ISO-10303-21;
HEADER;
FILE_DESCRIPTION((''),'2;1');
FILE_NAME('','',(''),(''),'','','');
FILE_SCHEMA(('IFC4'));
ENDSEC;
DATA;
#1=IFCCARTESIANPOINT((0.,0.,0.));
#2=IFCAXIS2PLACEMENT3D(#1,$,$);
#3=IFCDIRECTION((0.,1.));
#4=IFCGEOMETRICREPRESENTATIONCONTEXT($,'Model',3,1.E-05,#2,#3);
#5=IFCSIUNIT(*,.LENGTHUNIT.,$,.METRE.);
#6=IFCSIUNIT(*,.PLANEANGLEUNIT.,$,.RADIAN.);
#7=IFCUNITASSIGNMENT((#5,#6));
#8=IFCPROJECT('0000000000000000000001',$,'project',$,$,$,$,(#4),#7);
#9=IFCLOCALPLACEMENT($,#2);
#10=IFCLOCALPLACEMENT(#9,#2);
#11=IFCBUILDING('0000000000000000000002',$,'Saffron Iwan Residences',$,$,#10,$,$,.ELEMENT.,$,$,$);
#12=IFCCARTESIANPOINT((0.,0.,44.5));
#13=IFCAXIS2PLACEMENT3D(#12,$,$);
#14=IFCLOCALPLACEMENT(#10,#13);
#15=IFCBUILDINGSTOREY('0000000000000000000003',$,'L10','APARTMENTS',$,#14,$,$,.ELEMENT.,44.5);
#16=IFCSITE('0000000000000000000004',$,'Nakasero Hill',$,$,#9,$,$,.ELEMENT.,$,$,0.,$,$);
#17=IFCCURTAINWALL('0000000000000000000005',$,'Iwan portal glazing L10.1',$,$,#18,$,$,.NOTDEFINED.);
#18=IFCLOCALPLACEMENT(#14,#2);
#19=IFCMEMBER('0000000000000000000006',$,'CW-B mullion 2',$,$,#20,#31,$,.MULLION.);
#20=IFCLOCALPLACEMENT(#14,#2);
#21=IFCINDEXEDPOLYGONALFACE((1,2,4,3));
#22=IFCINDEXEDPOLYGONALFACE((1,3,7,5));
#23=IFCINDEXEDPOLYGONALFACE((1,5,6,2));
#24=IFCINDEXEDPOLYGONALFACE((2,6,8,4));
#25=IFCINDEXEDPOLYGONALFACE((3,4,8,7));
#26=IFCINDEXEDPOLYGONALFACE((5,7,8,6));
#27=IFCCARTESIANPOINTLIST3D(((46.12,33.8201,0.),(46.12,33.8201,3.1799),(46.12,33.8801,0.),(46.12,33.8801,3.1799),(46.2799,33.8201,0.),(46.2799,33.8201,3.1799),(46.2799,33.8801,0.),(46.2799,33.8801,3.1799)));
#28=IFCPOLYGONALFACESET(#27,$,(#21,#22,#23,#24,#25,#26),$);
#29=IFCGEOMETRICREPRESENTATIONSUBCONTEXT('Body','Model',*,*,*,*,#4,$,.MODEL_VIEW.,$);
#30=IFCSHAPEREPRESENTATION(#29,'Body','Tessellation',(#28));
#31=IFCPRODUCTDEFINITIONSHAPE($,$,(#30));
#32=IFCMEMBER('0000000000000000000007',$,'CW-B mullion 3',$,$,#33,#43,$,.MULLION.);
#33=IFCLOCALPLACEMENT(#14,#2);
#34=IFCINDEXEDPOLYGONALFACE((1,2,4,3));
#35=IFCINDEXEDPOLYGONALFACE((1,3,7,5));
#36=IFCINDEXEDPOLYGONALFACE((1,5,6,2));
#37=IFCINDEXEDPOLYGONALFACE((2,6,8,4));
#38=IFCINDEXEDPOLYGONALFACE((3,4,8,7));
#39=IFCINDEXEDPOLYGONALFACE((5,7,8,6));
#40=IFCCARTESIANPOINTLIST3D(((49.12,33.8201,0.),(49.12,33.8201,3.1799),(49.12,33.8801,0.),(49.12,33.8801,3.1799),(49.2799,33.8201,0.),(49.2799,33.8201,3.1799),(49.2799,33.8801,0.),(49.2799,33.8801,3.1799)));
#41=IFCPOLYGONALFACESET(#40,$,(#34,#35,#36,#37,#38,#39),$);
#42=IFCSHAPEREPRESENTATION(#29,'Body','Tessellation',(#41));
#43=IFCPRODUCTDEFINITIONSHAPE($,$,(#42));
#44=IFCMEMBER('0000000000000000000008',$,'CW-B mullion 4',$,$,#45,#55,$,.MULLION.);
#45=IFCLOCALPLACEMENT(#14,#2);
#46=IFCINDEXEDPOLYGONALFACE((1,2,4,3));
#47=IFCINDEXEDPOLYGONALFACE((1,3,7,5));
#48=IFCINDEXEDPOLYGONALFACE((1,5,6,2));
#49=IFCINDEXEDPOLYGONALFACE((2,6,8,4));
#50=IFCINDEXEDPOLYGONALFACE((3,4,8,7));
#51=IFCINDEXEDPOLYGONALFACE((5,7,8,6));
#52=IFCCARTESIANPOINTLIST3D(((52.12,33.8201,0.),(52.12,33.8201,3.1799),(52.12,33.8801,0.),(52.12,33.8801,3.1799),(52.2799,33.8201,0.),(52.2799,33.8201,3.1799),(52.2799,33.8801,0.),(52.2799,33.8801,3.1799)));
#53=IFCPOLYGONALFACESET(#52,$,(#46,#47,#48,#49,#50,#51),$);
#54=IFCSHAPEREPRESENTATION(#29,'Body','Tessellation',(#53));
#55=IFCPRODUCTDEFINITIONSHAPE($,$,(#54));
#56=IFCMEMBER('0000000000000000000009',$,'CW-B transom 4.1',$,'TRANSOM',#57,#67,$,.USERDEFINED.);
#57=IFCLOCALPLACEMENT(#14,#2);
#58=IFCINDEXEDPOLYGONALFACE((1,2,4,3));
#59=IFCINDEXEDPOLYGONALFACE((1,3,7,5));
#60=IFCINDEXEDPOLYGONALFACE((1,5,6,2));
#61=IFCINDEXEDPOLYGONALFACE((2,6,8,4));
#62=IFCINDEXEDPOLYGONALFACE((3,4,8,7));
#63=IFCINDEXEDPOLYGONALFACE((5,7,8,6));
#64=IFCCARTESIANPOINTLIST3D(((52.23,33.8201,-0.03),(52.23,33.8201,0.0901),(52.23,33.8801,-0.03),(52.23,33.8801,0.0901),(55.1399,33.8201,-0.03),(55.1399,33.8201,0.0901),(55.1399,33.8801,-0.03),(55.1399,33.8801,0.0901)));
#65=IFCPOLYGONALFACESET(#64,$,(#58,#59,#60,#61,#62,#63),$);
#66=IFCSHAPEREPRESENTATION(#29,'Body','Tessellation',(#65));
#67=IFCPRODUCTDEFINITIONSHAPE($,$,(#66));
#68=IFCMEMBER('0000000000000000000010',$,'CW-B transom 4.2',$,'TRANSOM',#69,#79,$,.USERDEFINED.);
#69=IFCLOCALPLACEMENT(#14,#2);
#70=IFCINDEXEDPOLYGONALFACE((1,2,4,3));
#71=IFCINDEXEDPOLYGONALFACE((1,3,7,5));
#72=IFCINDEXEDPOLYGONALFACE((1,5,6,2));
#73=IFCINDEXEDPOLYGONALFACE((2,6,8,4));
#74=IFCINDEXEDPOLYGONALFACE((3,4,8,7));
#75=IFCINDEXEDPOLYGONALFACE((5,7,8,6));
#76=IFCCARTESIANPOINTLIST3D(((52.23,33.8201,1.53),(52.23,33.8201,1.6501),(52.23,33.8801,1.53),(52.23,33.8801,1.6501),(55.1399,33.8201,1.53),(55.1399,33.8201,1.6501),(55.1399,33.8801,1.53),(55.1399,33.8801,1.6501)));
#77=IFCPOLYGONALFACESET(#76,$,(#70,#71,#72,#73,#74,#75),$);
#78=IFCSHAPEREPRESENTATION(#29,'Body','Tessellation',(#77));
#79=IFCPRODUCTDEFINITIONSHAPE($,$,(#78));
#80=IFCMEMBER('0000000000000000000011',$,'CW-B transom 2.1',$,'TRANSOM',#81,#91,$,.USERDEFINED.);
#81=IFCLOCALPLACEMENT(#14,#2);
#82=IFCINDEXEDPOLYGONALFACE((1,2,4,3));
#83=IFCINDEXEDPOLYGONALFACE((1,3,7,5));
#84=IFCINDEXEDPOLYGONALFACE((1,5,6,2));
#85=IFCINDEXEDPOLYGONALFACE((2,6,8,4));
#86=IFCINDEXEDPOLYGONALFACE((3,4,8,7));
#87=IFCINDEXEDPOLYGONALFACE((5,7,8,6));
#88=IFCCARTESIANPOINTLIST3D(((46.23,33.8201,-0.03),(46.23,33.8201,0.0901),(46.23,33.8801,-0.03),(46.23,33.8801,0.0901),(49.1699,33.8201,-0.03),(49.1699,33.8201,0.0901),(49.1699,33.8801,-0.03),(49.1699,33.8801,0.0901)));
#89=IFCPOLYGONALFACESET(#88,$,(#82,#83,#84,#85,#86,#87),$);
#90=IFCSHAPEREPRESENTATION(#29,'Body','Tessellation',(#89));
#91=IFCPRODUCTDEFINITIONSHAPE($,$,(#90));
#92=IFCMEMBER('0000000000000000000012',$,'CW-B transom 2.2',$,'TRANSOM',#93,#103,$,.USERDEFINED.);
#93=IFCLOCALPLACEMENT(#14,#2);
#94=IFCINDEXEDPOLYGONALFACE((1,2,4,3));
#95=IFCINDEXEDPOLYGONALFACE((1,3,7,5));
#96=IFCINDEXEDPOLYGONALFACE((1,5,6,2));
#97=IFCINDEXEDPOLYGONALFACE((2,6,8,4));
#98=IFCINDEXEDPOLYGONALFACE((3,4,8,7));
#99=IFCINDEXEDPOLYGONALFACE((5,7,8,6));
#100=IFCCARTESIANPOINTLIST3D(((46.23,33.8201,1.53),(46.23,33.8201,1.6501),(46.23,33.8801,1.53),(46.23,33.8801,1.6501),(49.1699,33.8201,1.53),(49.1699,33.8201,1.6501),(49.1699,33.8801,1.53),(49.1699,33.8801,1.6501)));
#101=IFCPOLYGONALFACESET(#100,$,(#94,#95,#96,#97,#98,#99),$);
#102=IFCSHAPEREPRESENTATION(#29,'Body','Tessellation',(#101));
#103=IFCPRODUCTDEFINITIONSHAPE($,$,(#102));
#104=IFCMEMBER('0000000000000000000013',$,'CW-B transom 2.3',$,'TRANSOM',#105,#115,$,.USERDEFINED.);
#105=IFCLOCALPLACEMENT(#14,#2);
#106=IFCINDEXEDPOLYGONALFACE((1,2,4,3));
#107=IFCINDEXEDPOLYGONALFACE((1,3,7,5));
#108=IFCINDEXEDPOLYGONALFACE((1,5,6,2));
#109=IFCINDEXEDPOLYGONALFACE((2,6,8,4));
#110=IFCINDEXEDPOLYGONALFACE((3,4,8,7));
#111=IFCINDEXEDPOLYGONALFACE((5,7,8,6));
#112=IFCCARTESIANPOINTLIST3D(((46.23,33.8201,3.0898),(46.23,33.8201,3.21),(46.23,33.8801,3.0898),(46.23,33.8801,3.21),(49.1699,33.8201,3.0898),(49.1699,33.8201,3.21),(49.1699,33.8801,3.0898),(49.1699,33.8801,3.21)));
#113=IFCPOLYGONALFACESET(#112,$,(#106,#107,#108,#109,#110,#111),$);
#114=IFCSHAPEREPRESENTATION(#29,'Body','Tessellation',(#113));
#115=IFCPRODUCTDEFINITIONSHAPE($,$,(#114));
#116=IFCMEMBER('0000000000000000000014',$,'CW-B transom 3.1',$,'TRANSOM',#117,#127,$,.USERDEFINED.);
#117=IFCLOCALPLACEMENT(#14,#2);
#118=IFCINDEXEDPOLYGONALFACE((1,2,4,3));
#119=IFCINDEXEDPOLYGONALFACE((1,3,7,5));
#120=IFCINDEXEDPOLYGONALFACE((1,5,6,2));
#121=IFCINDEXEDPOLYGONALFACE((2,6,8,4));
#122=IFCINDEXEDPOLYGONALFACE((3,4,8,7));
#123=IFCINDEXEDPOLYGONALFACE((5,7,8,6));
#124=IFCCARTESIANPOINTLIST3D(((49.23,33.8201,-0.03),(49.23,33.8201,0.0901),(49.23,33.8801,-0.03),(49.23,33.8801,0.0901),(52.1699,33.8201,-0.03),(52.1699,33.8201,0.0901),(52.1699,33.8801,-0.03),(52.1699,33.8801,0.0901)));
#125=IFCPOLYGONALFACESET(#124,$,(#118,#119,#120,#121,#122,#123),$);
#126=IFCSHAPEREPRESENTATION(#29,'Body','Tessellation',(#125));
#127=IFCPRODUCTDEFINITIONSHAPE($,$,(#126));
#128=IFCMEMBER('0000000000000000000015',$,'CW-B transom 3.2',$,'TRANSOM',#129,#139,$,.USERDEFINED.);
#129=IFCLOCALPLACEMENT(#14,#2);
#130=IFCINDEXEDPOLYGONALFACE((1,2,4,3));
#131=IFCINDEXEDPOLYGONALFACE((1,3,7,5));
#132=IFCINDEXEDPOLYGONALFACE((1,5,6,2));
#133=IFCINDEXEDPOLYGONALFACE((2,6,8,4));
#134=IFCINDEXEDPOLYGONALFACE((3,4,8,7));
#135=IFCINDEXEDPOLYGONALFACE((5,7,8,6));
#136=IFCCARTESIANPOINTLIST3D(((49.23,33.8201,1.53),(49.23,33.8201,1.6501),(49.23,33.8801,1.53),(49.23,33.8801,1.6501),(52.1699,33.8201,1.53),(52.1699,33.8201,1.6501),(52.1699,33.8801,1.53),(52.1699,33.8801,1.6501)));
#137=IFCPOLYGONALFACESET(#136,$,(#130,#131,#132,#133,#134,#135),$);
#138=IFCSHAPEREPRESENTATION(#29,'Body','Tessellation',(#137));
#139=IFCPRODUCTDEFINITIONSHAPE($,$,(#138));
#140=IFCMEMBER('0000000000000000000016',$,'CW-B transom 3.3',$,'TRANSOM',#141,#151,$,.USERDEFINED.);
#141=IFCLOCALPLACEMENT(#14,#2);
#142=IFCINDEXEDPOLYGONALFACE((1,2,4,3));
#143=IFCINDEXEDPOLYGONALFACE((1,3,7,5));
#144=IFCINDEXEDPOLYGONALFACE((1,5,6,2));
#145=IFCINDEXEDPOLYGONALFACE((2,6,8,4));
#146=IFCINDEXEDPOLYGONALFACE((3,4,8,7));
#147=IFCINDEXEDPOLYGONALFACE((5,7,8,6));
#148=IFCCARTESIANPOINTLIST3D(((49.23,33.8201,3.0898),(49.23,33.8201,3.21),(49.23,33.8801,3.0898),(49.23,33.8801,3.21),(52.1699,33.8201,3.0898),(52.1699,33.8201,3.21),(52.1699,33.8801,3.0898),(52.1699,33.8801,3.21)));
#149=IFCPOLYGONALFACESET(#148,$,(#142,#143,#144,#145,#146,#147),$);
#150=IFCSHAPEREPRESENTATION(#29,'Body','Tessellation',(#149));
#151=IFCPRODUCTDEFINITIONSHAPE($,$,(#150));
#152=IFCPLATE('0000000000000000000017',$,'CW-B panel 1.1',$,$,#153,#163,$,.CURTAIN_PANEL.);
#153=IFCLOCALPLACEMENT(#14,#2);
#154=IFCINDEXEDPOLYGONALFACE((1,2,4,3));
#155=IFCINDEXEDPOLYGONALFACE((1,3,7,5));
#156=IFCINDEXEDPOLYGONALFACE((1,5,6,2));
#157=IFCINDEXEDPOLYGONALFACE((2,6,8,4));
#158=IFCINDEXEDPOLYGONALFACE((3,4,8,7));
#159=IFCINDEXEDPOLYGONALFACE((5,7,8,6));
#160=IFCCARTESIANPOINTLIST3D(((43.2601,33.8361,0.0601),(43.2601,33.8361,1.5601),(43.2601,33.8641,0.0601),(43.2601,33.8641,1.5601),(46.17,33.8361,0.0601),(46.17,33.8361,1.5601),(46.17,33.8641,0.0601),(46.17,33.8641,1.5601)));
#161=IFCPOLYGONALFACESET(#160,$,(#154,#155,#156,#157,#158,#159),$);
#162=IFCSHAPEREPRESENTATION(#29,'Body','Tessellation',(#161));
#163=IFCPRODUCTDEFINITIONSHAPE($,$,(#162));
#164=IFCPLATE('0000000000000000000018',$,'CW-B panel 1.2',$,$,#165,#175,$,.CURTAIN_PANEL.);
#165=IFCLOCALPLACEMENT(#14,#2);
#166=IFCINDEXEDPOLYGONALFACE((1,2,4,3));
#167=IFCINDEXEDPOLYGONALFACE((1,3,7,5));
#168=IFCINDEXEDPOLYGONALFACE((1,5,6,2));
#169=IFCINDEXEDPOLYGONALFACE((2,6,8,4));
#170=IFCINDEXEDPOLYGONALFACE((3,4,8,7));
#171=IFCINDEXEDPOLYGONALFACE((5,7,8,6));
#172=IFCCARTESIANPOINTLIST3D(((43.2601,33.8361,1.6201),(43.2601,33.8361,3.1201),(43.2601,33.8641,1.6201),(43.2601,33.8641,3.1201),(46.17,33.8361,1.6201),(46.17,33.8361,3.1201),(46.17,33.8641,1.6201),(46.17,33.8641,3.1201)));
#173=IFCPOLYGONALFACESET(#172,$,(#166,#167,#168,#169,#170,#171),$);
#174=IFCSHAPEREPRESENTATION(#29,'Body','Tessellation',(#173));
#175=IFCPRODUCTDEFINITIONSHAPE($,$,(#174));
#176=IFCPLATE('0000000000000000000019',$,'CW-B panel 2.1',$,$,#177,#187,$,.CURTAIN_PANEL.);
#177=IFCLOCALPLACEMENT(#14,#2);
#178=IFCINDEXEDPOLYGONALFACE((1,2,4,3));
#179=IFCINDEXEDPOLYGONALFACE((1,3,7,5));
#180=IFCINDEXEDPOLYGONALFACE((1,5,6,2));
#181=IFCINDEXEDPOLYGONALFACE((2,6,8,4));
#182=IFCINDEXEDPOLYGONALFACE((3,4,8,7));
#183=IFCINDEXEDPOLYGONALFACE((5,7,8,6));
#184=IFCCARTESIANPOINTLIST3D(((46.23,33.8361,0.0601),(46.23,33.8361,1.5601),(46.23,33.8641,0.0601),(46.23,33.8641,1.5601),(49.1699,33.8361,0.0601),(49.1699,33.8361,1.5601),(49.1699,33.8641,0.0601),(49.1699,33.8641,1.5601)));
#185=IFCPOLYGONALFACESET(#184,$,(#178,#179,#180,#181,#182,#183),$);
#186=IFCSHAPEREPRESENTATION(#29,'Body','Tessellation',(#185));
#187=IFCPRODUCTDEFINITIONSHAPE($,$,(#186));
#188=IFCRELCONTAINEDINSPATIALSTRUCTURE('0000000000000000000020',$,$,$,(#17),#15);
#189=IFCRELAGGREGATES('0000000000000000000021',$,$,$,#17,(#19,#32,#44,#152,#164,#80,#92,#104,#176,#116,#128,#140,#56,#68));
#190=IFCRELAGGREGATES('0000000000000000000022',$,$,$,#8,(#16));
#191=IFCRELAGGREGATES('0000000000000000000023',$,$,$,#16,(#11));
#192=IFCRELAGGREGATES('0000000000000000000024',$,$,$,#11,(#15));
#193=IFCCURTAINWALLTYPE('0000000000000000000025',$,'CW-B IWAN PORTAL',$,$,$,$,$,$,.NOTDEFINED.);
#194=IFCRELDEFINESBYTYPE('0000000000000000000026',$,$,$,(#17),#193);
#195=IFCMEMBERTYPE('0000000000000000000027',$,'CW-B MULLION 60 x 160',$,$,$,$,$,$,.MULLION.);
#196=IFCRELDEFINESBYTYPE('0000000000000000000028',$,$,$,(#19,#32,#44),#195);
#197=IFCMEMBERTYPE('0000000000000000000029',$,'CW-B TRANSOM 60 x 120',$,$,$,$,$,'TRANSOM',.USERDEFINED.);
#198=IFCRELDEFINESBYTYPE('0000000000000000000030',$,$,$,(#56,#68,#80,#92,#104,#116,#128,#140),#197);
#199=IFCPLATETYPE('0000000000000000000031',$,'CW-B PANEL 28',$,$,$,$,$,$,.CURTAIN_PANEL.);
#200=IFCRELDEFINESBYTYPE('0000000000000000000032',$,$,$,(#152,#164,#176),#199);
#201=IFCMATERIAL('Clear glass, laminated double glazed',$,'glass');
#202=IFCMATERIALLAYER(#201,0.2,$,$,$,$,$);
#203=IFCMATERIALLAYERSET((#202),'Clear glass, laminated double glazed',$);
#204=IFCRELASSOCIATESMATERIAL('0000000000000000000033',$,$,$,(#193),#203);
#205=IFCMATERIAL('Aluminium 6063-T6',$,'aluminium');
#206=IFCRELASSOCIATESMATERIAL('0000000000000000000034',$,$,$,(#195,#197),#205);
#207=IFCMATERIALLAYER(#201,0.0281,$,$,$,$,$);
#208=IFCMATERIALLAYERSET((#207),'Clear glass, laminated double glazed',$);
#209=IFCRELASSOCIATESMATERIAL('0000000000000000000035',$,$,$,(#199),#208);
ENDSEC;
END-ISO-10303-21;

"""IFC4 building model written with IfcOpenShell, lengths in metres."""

from ifc_helpers import new_model, si_unit, direction, frame, origin, origin_2d, place, context, subcontext, project, spatial, rectangle, extrude, source, transform, mapped, material, layer, layer_set, material_profile, profile_set, type_object, element, aggregate, save


model = new_model("IFC4")

# Units and contexts
model_context = context("Model", 3, precision=1e-05, world=origin(), true_north=direction((0.0, 1.0)))
body_context = subcontext(model_context, "Body", "Model", "MODEL_VIEW")
ifc_project = project(units=[si_unit("LENGTHUNIT", "METRE"), si_unit("PLANEANGLEUNIT", "RADIAN")], contexts=[model_context])

# Site, building, storey
site_placement = place(None, origin())
site = spatial("IfcSite", under=ifc_project, at=site_placement, Name="Nakasero Hill", CompositionType="ELEMENT", RefElevation=0.0)
building_placement = place(site_placement, origin())
building = spatial("IfcBuilding", under=site, at=building_placement, Name="Saffron Iwan Residences", CompositionType="ELEMENT")
storey_placement = place(building_placement, frame((0.0, 0.0, 44.5)))
storey = spatial("IfcBuildingStorey", under=building, at=storey_placement, Name="L10", Description="APARTMENTS", CompositionType="ELEMENT", Elevation=44.5)

# Curtain wall, members, plates
ifc_material_1 = material(Name="Clear glass, laminated double glazed", Category="glass")
ifc_layer_1 = layer(ifc_material_1, 0.2)
ifc_layer_set_1 = layer_set([ifc_layer_1], Name="Clear glass, laminated double glazed")
curtain_wall_type = type_object("IfcCurtainWallType", Name="CW-B IWAN PORTAL", PredefinedType="NOTDEFINED", material=ifc_layer_set_1)
curtain_wall_placement = place(storey_placement, origin())
curtain_wall = element("IfcCurtainWall", 1, at=curtain_wall_placement, inside=storey, type_object=curtain_wall_type, Name="Iwan portal glazing L10.1", PredefinedType="NOTDEFINED")
ifc_material_2 = material(Name="Aluminium 6063-T6", Category="aluminium")
ifc_material_profile_1 = material_profile(ifc_material_2, rectangle(XDim=0.0601, YDim=0.1599, at=origin_2d()), Name="CW-B MULLION 60 x 160")
ifc_profile_set_1 = profile_set([ifc_material_profile_1], Name="Aluminium 6063-T6")
member_type_1 = type_object("IfcMemberType", Name="CW-B MULLION 60 x 160", PredefinedType="MULLION", material=ifc_profile_set_1)
shared_shape_1 = source(origin(), body_context, "Body", "SweptSolid", [
    extrude(rectangle(XDim=0.0601, YDim=0.1599, at=origin_2d()), origin(), (0.0, 0.0, 1.0), 3.1799),
])
member_1_placement = place(storey_placement, frame((46.2, 33.8501, 0.0), z_axis=(0.0, 0.0, 1.0), x_axis=(0.0, 1.0, 0.0)))
member_1 = element("IfcMember", 2, at=member_1_placement, type_object=member_type_1, Name="CW-B mullion 2", PredefinedType="MULLION", context=body_context, shape_type="MappedRepresentation", body=[
    mapped(shared_shape_1, transform((0.0, 0.0, 0.0))),
])
member_2_placement = place(storey_placement, frame((49.2, 33.8501, 0.0), z_axis=(0.0, 0.0, 1.0), x_axis=(0.0, 1.0, 0.0)))
member_2 = element("IfcMember", 3, at=member_2_placement, type_object=member_type_1, Name="CW-B mullion 3", PredefinedType="MULLION", context=body_context, shape_type="MappedRepresentation", body=[
    mapped(shared_shape_1, transform((0.0, 0.0, 0.0))),
])
member_3_placement = place(storey_placement, frame((52.2, 33.8501, 0.0), z_axis=(0.0, 0.0, 1.0), x_axis=(0.0, 1.0, 0.0)))
member_3 = element("IfcMember", 4, at=member_3_placement, type_object=member_type_1, Name="CW-B mullion 4", PredefinedType="MULLION", context=body_context, shape_type="MappedRepresentation", body=[
    mapped(shared_shape_1, transform((0.0, 0.0, 0.0))),
])
ifc_material_profile_2 = material_profile(ifc_material_2, rectangle(XDim=0.0601, YDim=0.1201, at=origin_2d()), Name="CW-B TRANSOM 60 x 120")
ifc_profile_set_2 = profile_set([ifc_material_profile_2], Name="Aluminium 6063-T6")
member_type_2 = type_object("IfcMemberType", Name="CW-B TRANSOM 60 x 120", ElementType="TRANSOM", PredefinedType="USERDEFINED", material=ifc_profile_set_2)
shared_shape_2 = source(origin(), body_context, "Body", "SweptSolid", [
    extrude(rectangle(XDim=0.0601, YDim=0.1201, at=origin_2d()), origin(), (0.0, 0.0, 1.0), 2.9099),
])
member_4_placement = place(storey_placement, frame((52.23, 33.8501, 0.03), z_axis=(1.0, 0.0, 0.0), x_axis=(0.0, 1.0, 0.0)))
member_4 = element("IfcMember", 5, at=member_4_placement, type_object=member_type_2, Name="CW-B transom 4.1", ObjectType="TRANSOM", PredefinedType="USERDEFINED", context=body_context, shape_type="MappedRepresentation", body=[
    mapped(shared_shape_2, transform((0.0, 0.0, 0.0))),
])
member_5_placement = place(storey_placement, frame((52.23, 33.8501, 1.5901), z_axis=(1.0, 0.0, 0.0), x_axis=(0.0, 1.0, 0.0)))
member_5 = element("IfcMember", 6, at=member_5_placement, type_object=member_type_2, Name="CW-B transom 4.2", ObjectType="TRANSOM", PredefinedType="USERDEFINED", context=body_context, shape_type="MappedRepresentation", body=[
    mapped(shared_shape_2, transform((0.0, 0.0, 0.0))),
])
shared_shape_3 = source(origin(), body_context, "Body", "SweptSolid", [
    extrude(rectangle(XDim=0.0601, YDim=0.1201, at=origin_2d()), origin(), (0.0, 0.0, 1.0), 2.9399),
])
member_6_placement = place(storey_placement, frame((46.23, 33.8501, 0.03), z_axis=(1.0, 0.0, 0.0), x_axis=(0.0, 1.0, 0.0)))
member_6 = element("IfcMember", 7, at=member_6_placement, type_object=member_type_2, Name="CW-B transom 2.1", ObjectType="TRANSOM", PredefinedType="USERDEFINED", context=body_context, shape_type="MappedRepresentation", body=[
    mapped(shared_shape_3, transform((0.0, 0.0, 0.0))),
])
member_7_placement = place(storey_placement, frame((46.23, 33.8501, 1.5901), z_axis=(1.0, 0.0, 0.0), x_axis=(0.0, 1.0, 0.0)))
member_7 = element("IfcMember", 8, at=member_7_placement, type_object=member_type_2, Name="CW-B transom 2.2", ObjectType="TRANSOM", PredefinedType="USERDEFINED", context=body_context, shape_type="MappedRepresentation", body=[
    mapped(shared_shape_3, transform((0.0, 0.0, 0.0))),
])
member_8_placement = place(storey_placement, frame((46.23, 33.8501, 3.1499), z_axis=(1.0, 0.0, 0.0), x_axis=(0.0, 1.0, 0.0)))
member_8 = element("IfcMember", 9, at=member_8_placement, type_object=member_type_2, Name="CW-B transom 2.3", ObjectType="TRANSOM", PredefinedType="USERDEFINED", context=body_context, shape_type="MappedRepresentation", body=[
    mapped(shared_shape_3, transform((0.0, 0.0, 0.0))),
])
member_9_placement = place(storey_placement, frame((49.23, 33.8501, 0.03), z_axis=(1.0, 0.0, 0.0), x_axis=(0.0, 1.0, 0.0)))
member_9 = element("IfcMember", 10, at=member_9_placement, type_object=member_type_2, Name="CW-B transom 3.1", ObjectType="TRANSOM", PredefinedType="USERDEFINED", context=body_context, shape_type="MappedRepresentation", body=[
    mapped(shared_shape_3, transform((0.0, 0.0, 0.0))),
])
member_10_placement = place(storey_placement, frame((49.23, 33.8501, 1.5901), z_axis=(1.0, 0.0, 0.0), x_axis=(0.0, 1.0, 0.0)))
member_10 = element("IfcMember", 11, at=member_10_placement, type_object=member_type_2, Name="CW-B transom 3.2", ObjectType="TRANSOM", PredefinedType="USERDEFINED", context=body_context, shape_type="MappedRepresentation", body=[
    mapped(shared_shape_3, transform((0.0, 0.0, 0.0))),
])
member_11_placement = place(storey_placement, frame((49.23, 33.8501, 3.1499), z_axis=(1.0, 0.0, 0.0), x_axis=(0.0, 1.0, 0.0)))
member_11 = element("IfcMember", 12, at=member_11_placement, type_object=member_type_2, Name="CW-B transom 3.3", ObjectType="TRANSOM", PredefinedType="USERDEFINED", context=body_context, shape_type="MappedRepresentation", body=[
    mapped(shared_shape_3, transform((0.0, 0.0, 0.0))),
])
ifc_layer_2 = layer(ifc_material_1, 0.0281)
ifc_layer_set_2 = layer_set([ifc_layer_2], Name="Clear glass, laminated double glazed")
plate_type = type_object("IfcPlateType", Name="CW-B PANEL 28", PredefinedType="CURTAIN_PANEL", material=ifc_layer_set_2)
shared_shape_4 = source(origin(), body_context, "Body", "SweptSolid", [
    extrude(rectangle(XDim=2.9099, YDim=0.0281, at=origin_2d()), origin(), (0.0, 0.0, 1.0), 1.5),
])
plate_1_placement = place(storey_placement, frame((44.7151, 33.8501, 0.0601), z_axis=(0.0, 0.0, 1.0), x_axis=(1.0, 0.0, 0.0)))
plate_1 = element("IfcPlate", 13, at=plate_1_placement, type_object=plate_type, Name="CW-B panel 1.1", PredefinedType="CURTAIN_PANEL", context=body_context, shape_type="MappedRepresentation", body=[
    mapped(shared_shape_4, transform((0.0, 0.0, 0.0))),
])
plate_2_placement = place(storey_placement, frame((44.7151, 33.8501, 1.6201), z_axis=(0.0, 0.0, 1.0), x_axis=(1.0, 0.0, 0.0)))
plate_2 = element("IfcPlate", 14, at=plate_2_placement, type_object=plate_type, Name="CW-B panel 1.2", PredefinedType="CURTAIN_PANEL", context=body_context, shape_type="MappedRepresentation", body=[
    mapped(shared_shape_4, transform((0.0, 0.0, 0.0))),
])
shared_shape_5 = source(origin(), body_context, "Body", "SweptSolid", [
    extrude(rectangle(XDim=2.9399, YDim=0.0281, at=origin_2d()), origin(), (0.0, 0.0, 1.0), 1.5),
])
plate_3_placement = place(storey_placement, frame((47.7, 33.8501, 0.0601), z_axis=(0.0, 0.0, 1.0), x_axis=(1.0, 0.0, 0.0)))
plate_3 = element("IfcPlate", 15, at=plate_3_placement, type_object=plate_type, Name="CW-B panel 2.1", PredefinedType="CURTAIN_PANEL", context=body_context, shape_type="MappedRepresentation", body=[
    mapped(shared_shape_5, transform((0.0, 0.0, 0.0))),
])
aggregate(curtain_wall, [member_1, member_2, member_3, plate_1, plate_2, member_6, member_7, member_8, plate_3, member_9, member_10, member_11, member_4, member_5])

save(model, "model.ifc")
